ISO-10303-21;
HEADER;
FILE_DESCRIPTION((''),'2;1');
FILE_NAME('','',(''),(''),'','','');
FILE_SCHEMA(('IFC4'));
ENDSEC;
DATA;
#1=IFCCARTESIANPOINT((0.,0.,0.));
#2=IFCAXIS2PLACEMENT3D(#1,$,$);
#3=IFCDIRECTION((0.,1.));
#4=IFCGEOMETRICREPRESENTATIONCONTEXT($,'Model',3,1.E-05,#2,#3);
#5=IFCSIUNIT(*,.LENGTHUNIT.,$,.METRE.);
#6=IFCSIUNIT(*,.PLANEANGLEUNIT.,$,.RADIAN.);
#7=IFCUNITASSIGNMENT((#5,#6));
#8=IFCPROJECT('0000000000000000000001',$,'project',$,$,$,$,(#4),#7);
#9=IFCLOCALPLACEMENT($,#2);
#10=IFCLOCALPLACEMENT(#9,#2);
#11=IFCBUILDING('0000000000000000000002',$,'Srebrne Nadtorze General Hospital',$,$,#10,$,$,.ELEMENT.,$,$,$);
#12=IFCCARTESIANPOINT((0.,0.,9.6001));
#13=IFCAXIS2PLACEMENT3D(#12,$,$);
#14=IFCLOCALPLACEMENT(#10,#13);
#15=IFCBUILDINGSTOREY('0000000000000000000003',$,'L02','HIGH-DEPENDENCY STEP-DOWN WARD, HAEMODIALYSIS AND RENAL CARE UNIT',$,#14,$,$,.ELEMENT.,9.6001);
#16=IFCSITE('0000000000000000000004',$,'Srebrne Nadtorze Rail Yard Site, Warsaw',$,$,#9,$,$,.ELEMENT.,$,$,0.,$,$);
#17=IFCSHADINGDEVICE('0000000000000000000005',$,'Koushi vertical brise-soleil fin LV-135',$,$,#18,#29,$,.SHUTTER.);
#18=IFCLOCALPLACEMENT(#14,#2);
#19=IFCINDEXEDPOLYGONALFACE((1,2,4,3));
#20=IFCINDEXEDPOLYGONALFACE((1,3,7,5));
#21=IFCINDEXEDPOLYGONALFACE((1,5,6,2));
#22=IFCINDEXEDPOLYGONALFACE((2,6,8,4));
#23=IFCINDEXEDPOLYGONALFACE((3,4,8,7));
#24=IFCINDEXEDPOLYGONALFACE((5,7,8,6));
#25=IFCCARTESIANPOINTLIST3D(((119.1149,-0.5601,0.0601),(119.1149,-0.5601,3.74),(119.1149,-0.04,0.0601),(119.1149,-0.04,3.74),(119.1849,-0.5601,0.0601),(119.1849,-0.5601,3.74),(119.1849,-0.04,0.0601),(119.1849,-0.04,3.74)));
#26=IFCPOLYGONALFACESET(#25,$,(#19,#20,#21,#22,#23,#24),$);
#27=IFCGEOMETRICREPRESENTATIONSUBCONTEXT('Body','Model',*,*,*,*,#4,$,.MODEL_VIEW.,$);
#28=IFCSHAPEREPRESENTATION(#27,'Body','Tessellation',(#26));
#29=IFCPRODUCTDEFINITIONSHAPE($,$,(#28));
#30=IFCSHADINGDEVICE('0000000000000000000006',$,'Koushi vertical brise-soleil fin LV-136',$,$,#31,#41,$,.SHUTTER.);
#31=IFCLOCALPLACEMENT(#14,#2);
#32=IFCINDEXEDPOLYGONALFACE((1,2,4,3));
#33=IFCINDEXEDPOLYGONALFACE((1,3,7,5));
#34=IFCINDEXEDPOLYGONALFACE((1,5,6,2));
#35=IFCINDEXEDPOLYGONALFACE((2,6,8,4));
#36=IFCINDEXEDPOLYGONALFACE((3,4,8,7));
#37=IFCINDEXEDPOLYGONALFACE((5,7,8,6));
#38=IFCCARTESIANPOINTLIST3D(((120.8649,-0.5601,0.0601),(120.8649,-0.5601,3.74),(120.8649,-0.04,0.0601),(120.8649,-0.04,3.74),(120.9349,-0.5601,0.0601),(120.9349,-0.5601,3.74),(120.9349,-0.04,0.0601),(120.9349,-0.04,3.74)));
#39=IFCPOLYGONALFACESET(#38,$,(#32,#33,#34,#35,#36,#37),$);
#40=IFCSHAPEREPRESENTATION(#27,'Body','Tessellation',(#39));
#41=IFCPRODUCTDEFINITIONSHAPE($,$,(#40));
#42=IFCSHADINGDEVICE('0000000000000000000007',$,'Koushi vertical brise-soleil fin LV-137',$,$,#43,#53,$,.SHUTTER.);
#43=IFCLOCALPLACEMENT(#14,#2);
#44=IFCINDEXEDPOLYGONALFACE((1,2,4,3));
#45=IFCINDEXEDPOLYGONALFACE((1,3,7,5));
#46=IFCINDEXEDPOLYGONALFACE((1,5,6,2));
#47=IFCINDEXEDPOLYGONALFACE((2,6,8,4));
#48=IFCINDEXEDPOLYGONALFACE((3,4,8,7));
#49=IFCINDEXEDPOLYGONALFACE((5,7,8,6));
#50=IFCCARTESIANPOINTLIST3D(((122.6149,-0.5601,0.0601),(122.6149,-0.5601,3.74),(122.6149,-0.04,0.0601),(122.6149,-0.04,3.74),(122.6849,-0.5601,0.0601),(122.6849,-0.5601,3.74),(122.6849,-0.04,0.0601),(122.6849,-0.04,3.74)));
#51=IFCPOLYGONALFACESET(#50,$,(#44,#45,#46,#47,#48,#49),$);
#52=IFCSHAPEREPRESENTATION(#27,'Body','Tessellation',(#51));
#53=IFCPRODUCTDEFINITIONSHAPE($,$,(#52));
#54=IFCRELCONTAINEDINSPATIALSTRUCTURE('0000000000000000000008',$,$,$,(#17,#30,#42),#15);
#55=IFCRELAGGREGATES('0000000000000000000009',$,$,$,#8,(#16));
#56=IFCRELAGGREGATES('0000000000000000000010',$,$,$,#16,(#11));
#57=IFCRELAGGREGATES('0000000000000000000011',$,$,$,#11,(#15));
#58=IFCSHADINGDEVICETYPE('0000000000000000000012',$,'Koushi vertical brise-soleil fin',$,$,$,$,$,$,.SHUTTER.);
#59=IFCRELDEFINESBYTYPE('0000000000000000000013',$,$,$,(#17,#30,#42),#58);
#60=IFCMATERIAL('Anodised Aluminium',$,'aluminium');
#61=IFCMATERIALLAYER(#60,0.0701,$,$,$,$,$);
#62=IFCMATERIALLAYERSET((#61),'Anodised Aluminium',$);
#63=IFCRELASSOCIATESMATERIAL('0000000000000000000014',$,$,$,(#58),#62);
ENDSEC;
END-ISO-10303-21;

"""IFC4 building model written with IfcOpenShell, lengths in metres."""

from ifc_helpers import new_model, si_unit, direction, frame, origin, origin_2d, place, context, subcontext, project, spatial, rectangle, extrude, material, layer, layer_set, type_object, element, save


model = new_model("IFC4")

# Units and contexts
model_context = context("Model", 3, precision=1e-05, world=origin(), true_north=direction((0.0, 1.0)))
body_context = subcontext(model_context, "Body", "Model", "MODEL_VIEW")
ifc_project = project(units=[si_unit("LENGTHUNIT", "METRE"), si_unit("PLANEANGLEUNIT", "RADIAN")], contexts=[model_context])

# Site, building, storey
site_placement = place(None, origin())
site = spatial("IfcSite", under=ifc_project, at=site_placement, Name="Srebrne Nadtorze Rail Yard Site, Warsaw", CompositionType="ELEMENT", RefElevation=0.0)
building_placement = place(site_placement, origin())
building = spatial("IfcBuilding", under=site, at=building_placement, Name="Srebrne Nadtorze General Hospital", CompositionType="ELEMENT")
storey_placement = place(building_placement, frame((0.0, 0.0, 9.6001)))
storey = spatial("IfcBuildingStorey", under=building, at=storey_placement, Name="L02", Description="HIGH-DEPENDENCY STEP-DOWN WARD, HAEMODIALYSIS AND RENAL CARE UNIT", CompositionType="ELEMENT", Elevation=9.6001)

# Shading devices
ifc_material_1 = material(Name="Anodised Aluminium", Category="aluminium")
ifc_layer_1 = layer(ifc_material_1, 0.0701)
ifc_layer_set_1 = layer_set([ifc_layer_1], Name="Anodised Aluminium")
shading_device_type = type_object("IfcShadingDeviceType", Name="Koushi vertical brise-soleil fin", PredefinedType="SHUTTER", material=ifc_layer_set_1)
for number, where, z_axis, x_axis, name in (
    (1, (119.1499, -0.3, 0.0601), (0.0, 0.0, 1.0), (1.0, 0.0, 0.0), "Koushi vertical brise-soleil fin LV-135"),
    (2, (120.8999, -0.3, 0.0601), (0.0, 0.0, 1.0), (1.0, 0.0, 0.0), "Koushi vertical brise-soleil fin LV-136"),
    (3, (122.6499, -0.3, 0.0601), (0.0, 0.0, 1.0), (1.0, 0.0, 0.0), "Koushi vertical brise-soleil fin LV-137"),
):
    element("IfcShadingDevice", number, at=place(storey_placement, frame(where, z_axis=z_axis, x_axis=x_axis)), inside=storey, type_object=shading_device_type, Name=name, PredefinedType="SHUTTER", context=body_context, shape_type="SweptSolid", body=[
        extrude(rectangle(XDim=0.0701, YDim=0.52, at=origin_2d()), origin(), (0.0, 0.0, 1.0), 3.6799),
    ])

save(model, "model.ifc")
